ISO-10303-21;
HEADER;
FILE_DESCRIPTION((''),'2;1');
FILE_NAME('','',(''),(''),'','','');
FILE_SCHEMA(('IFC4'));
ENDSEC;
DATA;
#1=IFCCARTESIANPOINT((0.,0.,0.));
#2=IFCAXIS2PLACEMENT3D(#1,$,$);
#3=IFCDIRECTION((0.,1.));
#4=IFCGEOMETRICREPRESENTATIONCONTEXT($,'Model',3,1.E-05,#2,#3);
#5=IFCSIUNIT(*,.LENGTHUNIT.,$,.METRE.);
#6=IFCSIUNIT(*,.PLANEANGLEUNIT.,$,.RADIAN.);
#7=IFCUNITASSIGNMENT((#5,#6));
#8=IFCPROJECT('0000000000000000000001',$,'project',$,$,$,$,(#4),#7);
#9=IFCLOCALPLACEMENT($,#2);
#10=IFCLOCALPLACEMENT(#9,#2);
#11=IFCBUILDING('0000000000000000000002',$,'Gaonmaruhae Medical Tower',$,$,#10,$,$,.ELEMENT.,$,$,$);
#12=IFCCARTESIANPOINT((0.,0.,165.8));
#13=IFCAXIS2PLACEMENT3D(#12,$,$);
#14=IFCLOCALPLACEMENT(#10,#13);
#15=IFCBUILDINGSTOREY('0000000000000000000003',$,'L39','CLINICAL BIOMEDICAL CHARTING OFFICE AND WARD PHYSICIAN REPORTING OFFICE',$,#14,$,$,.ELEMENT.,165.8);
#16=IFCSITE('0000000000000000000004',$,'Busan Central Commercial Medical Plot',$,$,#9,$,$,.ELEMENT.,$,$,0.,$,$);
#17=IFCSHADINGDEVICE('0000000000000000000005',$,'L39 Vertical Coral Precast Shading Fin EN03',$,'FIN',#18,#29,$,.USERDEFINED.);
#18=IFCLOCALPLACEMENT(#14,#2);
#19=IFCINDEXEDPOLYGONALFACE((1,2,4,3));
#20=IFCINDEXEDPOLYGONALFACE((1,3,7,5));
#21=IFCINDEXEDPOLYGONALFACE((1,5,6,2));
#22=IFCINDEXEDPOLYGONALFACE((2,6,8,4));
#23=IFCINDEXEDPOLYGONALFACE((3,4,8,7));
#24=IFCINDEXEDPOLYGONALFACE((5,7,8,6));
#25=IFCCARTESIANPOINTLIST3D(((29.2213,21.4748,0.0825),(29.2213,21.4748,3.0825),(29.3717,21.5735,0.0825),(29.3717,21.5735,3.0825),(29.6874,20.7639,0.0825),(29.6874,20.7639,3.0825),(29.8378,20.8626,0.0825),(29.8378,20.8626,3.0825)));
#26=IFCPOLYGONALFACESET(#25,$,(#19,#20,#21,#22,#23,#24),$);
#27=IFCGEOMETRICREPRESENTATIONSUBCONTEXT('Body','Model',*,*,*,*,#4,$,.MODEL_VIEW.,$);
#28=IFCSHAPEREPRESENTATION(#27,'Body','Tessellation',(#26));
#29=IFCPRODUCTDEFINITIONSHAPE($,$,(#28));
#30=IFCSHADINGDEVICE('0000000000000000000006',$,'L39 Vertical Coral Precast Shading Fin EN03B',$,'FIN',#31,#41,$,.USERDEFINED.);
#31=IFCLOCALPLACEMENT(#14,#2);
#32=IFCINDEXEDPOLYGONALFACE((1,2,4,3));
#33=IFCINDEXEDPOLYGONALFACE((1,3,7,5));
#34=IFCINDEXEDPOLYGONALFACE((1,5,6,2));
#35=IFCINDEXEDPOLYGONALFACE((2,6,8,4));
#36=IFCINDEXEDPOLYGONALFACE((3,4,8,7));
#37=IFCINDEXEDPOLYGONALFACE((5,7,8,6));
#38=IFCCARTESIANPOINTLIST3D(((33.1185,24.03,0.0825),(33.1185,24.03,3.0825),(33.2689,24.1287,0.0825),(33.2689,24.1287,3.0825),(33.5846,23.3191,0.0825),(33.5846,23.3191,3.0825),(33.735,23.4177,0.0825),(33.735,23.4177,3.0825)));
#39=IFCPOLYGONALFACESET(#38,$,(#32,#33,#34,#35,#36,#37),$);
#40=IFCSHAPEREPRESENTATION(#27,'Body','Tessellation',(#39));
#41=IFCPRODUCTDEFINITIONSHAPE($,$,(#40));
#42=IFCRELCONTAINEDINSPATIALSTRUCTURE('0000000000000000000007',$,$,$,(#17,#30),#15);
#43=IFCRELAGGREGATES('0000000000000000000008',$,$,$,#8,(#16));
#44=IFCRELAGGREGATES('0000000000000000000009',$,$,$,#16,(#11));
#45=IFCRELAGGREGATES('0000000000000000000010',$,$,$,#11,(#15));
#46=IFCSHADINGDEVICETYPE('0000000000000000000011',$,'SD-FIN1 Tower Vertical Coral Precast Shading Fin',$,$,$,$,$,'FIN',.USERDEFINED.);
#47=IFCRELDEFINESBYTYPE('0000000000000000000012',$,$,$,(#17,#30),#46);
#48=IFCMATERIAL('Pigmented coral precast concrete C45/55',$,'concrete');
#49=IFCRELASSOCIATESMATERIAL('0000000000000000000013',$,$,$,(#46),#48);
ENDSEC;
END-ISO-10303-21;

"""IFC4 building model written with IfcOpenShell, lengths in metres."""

from ifc_helpers import new_model, si_unit, direction, frame, origin, origin_2d, place, context, subcontext, project, spatial, rectangle, extrude, material, type_object, element, save


model = new_model("IFC4")

# Units and contexts
model_context = context("Model", 3, precision=1e-05, world=origin(), true_north=direction((0.0, 1.0)))
body_context = subcontext(model_context, "Body", "Model", "MODEL_VIEW")
ifc_project = project(units=[si_unit("LENGTHUNIT", "METRE"), si_unit("PLANEANGLEUNIT", "RADIAN")], contexts=[model_context])

# Site, building, storey
site_placement = place(None, origin())
site = spatial("IfcSite", under=ifc_project, at=site_placement, Name="Busan Central Commercial Medical Plot", CompositionType="ELEMENT", RefElevation=0.0)
building_placement = place(site_placement, origin())
building = spatial("IfcBuilding", under=site, at=building_placement, Name="Gaonmaruhae Medical Tower", CompositionType="ELEMENT")
storey_placement = place(building_placement, frame((0.0, 0.0, 165.8)))
storey = spatial("IfcBuildingStorey", under=building, at=storey_placement, Name="L39", Description="CLINICAL BIOMEDICAL CHARTING OFFICE AND WARD PHYSICIAN REPORTING OFFICE", CompositionType="ELEMENT", Elevation=165.8)

# Shading devices
ifc_material_1 = material(Name="Pigmented coral precast concrete C45/55", Category="concrete")
shading_device_type = type_object("IfcShadingDeviceType", Name="SD-FIN1 Tower Vertical Coral Precast Shading Fin", ElementType="FIN", PredefinedType="USERDEFINED", material=ifc_material_1)
for number, where, z_axis, x_axis, name in (
    (1, (29.5295, 21.1687, 0.0825), (0.0, 0.0, 1.0), (0.836286, 0.548293, 0.0), "L39 Vertical Coral Precast Shading Fin EN03"),
    (2, (33.4268, 23.7239, 0.0825), (0.0, 0.0, 1.0), (0.836286, 0.548293, 0.0), "L39 Vertical Coral Precast Shading Fin EN03B"),
):
    element("IfcShadingDevice", number, at=place(storey_placement, frame(where, z_axis=z_axis, x_axis=x_axis)), inside=storey, type_object=shading_device_type, Name=name, ObjectType="FIN", PredefinedType="USERDEFINED", context=body_context, shape_type="SweptSolid", body=[
        extrude(rectangle(XDim=0.1799, YDim=0.8501, at=origin_2d()), origin(), (0.0, 0.0, 1.0), 3.0),
    ])

save(model, "model.ifc")
